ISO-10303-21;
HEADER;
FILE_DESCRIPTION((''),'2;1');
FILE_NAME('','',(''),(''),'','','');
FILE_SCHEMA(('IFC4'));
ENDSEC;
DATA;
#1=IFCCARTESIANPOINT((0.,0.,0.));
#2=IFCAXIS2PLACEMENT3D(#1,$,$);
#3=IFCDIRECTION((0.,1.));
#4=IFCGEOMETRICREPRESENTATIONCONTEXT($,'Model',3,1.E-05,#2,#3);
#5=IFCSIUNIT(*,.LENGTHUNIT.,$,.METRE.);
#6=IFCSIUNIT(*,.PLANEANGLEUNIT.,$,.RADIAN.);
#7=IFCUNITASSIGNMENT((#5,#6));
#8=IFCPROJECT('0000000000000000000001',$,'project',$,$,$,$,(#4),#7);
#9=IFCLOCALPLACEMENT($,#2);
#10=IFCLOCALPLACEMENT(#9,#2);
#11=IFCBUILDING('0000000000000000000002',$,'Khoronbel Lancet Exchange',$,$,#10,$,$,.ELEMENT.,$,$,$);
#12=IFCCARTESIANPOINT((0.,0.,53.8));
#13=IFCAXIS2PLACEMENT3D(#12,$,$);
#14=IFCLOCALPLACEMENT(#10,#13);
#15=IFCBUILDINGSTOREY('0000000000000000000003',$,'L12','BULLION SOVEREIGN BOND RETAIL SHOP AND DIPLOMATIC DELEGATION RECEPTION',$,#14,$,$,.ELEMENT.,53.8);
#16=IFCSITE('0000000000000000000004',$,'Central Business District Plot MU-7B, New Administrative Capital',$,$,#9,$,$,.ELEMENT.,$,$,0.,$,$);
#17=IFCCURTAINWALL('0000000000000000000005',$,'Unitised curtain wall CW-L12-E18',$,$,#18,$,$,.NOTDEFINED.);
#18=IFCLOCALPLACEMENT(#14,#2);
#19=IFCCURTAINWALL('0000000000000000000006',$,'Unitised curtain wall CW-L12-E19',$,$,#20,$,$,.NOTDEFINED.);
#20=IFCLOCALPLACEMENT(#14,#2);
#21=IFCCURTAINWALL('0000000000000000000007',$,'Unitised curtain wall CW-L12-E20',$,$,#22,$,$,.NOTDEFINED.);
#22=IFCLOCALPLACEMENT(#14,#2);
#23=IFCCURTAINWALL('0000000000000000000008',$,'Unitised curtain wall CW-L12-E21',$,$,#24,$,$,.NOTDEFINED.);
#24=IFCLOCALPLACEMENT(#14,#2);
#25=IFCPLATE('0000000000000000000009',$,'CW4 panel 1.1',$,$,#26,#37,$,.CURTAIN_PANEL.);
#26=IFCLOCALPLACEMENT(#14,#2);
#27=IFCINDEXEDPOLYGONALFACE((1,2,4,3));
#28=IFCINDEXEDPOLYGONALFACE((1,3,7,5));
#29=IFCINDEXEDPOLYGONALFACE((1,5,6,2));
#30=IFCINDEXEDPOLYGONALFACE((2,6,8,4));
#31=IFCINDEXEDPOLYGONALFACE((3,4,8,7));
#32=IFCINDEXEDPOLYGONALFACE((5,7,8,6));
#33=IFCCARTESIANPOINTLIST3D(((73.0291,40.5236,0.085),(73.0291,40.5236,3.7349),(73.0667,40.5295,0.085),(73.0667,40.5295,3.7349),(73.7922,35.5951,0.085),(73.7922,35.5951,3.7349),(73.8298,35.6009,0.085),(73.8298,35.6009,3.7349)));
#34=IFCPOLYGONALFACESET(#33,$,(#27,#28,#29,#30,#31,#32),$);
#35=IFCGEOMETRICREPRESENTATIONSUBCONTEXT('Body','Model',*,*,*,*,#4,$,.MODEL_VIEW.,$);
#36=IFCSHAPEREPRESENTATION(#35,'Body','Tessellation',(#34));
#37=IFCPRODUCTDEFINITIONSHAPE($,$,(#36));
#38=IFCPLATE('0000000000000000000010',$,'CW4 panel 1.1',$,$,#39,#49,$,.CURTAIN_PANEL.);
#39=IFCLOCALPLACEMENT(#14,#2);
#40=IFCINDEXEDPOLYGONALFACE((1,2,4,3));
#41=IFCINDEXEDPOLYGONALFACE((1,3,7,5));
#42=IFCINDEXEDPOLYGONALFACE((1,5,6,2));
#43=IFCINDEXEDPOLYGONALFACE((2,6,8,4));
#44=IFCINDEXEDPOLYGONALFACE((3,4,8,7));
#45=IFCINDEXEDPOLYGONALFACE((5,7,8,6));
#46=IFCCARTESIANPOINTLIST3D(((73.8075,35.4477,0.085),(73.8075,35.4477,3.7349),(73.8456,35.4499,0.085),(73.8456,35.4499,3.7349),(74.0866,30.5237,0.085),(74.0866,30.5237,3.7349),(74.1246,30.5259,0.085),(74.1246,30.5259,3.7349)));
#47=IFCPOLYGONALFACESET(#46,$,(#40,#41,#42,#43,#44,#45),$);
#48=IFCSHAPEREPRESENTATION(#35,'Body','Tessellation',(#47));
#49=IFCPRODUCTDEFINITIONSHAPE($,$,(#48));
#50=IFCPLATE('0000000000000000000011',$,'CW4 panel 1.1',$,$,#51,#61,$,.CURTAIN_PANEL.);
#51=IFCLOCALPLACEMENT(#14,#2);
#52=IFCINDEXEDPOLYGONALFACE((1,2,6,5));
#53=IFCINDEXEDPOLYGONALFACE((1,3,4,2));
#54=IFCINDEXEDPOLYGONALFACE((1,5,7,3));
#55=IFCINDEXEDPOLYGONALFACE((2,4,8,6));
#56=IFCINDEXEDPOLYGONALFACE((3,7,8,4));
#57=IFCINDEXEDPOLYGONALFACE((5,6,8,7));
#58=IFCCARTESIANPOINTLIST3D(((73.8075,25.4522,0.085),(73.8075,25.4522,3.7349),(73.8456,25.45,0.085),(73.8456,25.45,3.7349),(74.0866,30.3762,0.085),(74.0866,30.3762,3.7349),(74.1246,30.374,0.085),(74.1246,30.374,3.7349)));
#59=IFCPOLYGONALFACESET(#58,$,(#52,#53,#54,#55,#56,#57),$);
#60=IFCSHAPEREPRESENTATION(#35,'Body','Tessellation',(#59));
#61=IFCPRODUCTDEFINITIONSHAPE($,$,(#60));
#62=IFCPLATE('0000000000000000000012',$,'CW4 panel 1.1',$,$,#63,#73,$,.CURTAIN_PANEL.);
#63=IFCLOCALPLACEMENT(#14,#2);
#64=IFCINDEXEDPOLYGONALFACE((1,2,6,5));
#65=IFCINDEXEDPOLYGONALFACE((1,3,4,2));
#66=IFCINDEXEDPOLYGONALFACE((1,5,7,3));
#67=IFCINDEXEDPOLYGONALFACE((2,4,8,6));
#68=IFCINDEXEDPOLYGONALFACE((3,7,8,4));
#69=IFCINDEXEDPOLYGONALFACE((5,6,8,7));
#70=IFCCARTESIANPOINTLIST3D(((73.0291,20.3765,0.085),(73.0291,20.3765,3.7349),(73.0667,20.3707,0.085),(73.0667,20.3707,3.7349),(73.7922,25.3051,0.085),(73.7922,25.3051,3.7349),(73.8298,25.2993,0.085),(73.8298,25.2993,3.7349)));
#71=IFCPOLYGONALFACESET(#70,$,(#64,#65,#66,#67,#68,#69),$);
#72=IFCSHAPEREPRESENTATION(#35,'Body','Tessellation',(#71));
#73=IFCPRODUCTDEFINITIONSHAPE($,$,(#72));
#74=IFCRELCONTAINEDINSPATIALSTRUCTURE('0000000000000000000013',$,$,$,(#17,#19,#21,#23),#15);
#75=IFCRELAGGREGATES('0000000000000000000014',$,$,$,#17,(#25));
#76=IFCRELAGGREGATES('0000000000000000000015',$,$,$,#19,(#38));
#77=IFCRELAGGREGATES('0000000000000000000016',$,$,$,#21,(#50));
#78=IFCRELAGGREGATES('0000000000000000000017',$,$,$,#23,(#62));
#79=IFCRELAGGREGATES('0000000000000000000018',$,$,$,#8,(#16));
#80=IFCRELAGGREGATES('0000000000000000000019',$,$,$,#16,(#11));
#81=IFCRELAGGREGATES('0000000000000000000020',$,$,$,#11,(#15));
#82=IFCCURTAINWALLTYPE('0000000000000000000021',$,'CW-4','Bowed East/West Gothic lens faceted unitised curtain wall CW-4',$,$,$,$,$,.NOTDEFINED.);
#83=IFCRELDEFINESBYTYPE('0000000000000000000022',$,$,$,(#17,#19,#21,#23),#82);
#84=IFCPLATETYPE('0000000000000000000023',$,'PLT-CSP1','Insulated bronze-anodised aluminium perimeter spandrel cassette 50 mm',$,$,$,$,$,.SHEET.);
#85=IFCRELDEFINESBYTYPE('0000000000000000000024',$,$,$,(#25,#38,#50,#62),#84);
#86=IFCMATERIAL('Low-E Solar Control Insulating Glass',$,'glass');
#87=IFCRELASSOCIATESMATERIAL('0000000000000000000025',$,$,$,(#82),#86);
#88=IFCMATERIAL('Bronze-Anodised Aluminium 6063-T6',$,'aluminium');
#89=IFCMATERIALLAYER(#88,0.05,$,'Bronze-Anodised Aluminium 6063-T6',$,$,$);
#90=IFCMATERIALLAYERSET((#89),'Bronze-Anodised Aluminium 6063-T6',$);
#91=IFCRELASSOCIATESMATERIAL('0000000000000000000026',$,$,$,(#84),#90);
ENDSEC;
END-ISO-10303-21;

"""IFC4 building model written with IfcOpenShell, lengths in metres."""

from ifc_helpers import new_model, si_unit, direction, frame, origin, origin_2d, place, context, subcontext, project, spatial, rectangle, extrude, material, layer, layer_set, type_object, element, aggregate, save


model = new_model("IFC4")

# Units and contexts
model_context = context("Model", 3, precision=1e-05, world=origin(), true_north=direction((0.0, 1.0)))
body_context = subcontext(model_context, "Body", "Model", "MODEL_VIEW")
ifc_project = project(units=[si_unit("LENGTHUNIT", "METRE"), si_unit("PLANEANGLEUNIT", "RADIAN")], contexts=[model_context])

# Site, building, storey
site_placement = place(None, origin())
site = spatial("IfcSite", under=ifc_project, at=site_placement, Name="Central Business District Plot MU-7B, New Administrative Capital", CompositionType="ELEMENT", RefElevation=0.0)
building_placement = place(site_placement, origin())
building = spatial("IfcBuilding", under=site, at=building_placement, Name="Khoronbel Lancet Exchange", CompositionType="ELEMENT")
storey_placement = place(building_placement, frame((0.0, 0.0, 53.8)))
storey = spatial("IfcBuildingStorey", under=building, at=storey_placement, Name="L12", Description="BULLION SOVEREIGN BOND RETAIL SHOP AND DIPLOMATIC DELEGATION RECEPTION", CompositionType="ELEMENT", Elevation=53.8)

# Curtain wall
ifc_material_1 = material(Name="Low-E Solar Control Insulating Glass", Category="glass")
curtain_wall_type = type_object("IfcCurtainWallType", Name="CW-4", Description="Bowed East/West Gothic lens faceted unitised curtain wall CW-4", PredefinedType="NOTDEFINED", material=ifc_material_1)
curtain_wall_1_placement = place(storey_placement, origin())
curtain_wall_1 = element("IfcCurtainWall", 1, at=curtain_wall_1_placement, inside=storey, type_object=curtain_wall_type, Name="Unitised curtain wall CW-L12-E18", PredefinedType="NOTDEFINED")
ifc_material_2 = material(Name="Bronze-Anodised Aluminium 6063-T6", Category="aluminium")

# Curtain walls
curtain_wall_2_placement = place(storey_placement, origin())
curtain_wall_2 = element("IfcCurtainWall", 2, at=curtain_wall_2_placement, inside=storey, type_object=curtain_wall_type, Name="Unitised curtain wall CW-L12-E19", PredefinedType="NOTDEFINED")
curtain_wall_3_placement = place(storey_placement, origin())
curtain_wall_3 = element("IfcCurtainWall", 3, at=curtain_wall_3_placement, inside=storey, type_object=curtain_wall_type, Name="Unitised curtain wall CW-L12-E20", PredefinedType="NOTDEFINED")

# Curtain wall
curtain_wall_4_placement = place(storey_placement, origin())
curtain_wall_4 = element("IfcCurtainWall", 4, at=curtain_wall_4_placement, inside=storey, type_object=curtain_wall_type, Name="Unitised curtain wall CW-L12-E21", PredefinedType="NOTDEFINED")

# Plates
ifc_layer = layer(ifc_material_2, 0.05, Name="Bronze-Anodised Aluminium 6063-T6")
ifc_layer_set = layer_set([ifc_layer], Name="Bronze-Anodised Aluminium 6063-T6")
plate_type = type_object("IfcPlateType", Name="PLT-CSP1", Description="Insulated bronze-anodised aluminium perimeter spandrel cassette 50 mm", PredefinedType="SHEET", material=ifc_layer_set)
plate_1_placement = place(storey_placement, frame((73.4294, 38.0623, 0.085), z_axis=(0.0, 0.0, 1.0), x_axis=(0.153002, -0.988226, 0.0)))
plate_1 = element("IfcPlate", 5, at=plate_1_placement, type_object=plate_type, Name="CW4 panel 1.1", PredefinedType="CURTAIN_PANEL", context=body_context, shape_type="SweptSolid", body=[
    extrude(rectangle(XDim=4.9873, YDim=0.0381, at=origin_2d()), origin(), (0.0, 0.0, 1.0), 3.6499),
])
aggregate(curtain_wall_1, [plate_1])
plate_2_placement = place(storey_placement, frame((73.9661, 32.9868, 0.085), z_axis=(0.0, 0.0, 1.0), x_axis=(0.056573, -0.998398, 0.0)))
plate_2 = element("IfcPlate", 6, at=plate_2_placement, type_object=plate_type, Name="CW4 panel 1.1", PredefinedType="CURTAIN_PANEL", context=body_context, shape_type="SweptSolid", body=[
    extrude(rectangle(XDim=4.9319, YDim=0.0381, at=origin_2d()), origin(), (0.0, 0.0, 1.0), 3.6499),
])
aggregate(curtain_wall_2, [plate_2])
plate_3_placement = place(storey_placement, frame((73.9661, 27.9131, 0.085), z_axis=(0.0, 0.0, 1.0), x_axis=(-0.056573, -0.998398, 0.0)))
plate_3 = element("IfcPlate", 7, at=plate_3_placement, type_object=plate_type, Name="CW4 panel 1.1", PredefinedType="CURTAIN_PANEL", context=body_context, shape_type="SweptSolid", body=[
    extrude(rectangle(XDim=4.9319, YDim=0.0381, at=origin_2d()), origin(), (0.0, 0.0, 1.0), 3.6499),
])
aggregate(curtain_wall_3, [plate_3])
plate_4_placement = place(storey_placement, frame((73.4294, 22.8379, 0.085), z_axis=(0.0, 0.0, 1.0), x_axis=(-0.153002, -0.988226, 0.0)))
plate_4 = element("IfcPlate", 8, at=plate_4_placement, type_object=plate_type, Name="CW4 panel 1.1", PredefinedType="CURTAIN_PANEL", context=body_context, shape_type="SweptSolid", body=[
    extrude(rectangle(XDim=4.9873, YDim=0.0381, at=origin_2d()), origin(), (0.0, 0.0, 1.0), 3.6499),
])
aggregate(curtain_wall_4, [plate_4])

save(model, "model.ifc")
